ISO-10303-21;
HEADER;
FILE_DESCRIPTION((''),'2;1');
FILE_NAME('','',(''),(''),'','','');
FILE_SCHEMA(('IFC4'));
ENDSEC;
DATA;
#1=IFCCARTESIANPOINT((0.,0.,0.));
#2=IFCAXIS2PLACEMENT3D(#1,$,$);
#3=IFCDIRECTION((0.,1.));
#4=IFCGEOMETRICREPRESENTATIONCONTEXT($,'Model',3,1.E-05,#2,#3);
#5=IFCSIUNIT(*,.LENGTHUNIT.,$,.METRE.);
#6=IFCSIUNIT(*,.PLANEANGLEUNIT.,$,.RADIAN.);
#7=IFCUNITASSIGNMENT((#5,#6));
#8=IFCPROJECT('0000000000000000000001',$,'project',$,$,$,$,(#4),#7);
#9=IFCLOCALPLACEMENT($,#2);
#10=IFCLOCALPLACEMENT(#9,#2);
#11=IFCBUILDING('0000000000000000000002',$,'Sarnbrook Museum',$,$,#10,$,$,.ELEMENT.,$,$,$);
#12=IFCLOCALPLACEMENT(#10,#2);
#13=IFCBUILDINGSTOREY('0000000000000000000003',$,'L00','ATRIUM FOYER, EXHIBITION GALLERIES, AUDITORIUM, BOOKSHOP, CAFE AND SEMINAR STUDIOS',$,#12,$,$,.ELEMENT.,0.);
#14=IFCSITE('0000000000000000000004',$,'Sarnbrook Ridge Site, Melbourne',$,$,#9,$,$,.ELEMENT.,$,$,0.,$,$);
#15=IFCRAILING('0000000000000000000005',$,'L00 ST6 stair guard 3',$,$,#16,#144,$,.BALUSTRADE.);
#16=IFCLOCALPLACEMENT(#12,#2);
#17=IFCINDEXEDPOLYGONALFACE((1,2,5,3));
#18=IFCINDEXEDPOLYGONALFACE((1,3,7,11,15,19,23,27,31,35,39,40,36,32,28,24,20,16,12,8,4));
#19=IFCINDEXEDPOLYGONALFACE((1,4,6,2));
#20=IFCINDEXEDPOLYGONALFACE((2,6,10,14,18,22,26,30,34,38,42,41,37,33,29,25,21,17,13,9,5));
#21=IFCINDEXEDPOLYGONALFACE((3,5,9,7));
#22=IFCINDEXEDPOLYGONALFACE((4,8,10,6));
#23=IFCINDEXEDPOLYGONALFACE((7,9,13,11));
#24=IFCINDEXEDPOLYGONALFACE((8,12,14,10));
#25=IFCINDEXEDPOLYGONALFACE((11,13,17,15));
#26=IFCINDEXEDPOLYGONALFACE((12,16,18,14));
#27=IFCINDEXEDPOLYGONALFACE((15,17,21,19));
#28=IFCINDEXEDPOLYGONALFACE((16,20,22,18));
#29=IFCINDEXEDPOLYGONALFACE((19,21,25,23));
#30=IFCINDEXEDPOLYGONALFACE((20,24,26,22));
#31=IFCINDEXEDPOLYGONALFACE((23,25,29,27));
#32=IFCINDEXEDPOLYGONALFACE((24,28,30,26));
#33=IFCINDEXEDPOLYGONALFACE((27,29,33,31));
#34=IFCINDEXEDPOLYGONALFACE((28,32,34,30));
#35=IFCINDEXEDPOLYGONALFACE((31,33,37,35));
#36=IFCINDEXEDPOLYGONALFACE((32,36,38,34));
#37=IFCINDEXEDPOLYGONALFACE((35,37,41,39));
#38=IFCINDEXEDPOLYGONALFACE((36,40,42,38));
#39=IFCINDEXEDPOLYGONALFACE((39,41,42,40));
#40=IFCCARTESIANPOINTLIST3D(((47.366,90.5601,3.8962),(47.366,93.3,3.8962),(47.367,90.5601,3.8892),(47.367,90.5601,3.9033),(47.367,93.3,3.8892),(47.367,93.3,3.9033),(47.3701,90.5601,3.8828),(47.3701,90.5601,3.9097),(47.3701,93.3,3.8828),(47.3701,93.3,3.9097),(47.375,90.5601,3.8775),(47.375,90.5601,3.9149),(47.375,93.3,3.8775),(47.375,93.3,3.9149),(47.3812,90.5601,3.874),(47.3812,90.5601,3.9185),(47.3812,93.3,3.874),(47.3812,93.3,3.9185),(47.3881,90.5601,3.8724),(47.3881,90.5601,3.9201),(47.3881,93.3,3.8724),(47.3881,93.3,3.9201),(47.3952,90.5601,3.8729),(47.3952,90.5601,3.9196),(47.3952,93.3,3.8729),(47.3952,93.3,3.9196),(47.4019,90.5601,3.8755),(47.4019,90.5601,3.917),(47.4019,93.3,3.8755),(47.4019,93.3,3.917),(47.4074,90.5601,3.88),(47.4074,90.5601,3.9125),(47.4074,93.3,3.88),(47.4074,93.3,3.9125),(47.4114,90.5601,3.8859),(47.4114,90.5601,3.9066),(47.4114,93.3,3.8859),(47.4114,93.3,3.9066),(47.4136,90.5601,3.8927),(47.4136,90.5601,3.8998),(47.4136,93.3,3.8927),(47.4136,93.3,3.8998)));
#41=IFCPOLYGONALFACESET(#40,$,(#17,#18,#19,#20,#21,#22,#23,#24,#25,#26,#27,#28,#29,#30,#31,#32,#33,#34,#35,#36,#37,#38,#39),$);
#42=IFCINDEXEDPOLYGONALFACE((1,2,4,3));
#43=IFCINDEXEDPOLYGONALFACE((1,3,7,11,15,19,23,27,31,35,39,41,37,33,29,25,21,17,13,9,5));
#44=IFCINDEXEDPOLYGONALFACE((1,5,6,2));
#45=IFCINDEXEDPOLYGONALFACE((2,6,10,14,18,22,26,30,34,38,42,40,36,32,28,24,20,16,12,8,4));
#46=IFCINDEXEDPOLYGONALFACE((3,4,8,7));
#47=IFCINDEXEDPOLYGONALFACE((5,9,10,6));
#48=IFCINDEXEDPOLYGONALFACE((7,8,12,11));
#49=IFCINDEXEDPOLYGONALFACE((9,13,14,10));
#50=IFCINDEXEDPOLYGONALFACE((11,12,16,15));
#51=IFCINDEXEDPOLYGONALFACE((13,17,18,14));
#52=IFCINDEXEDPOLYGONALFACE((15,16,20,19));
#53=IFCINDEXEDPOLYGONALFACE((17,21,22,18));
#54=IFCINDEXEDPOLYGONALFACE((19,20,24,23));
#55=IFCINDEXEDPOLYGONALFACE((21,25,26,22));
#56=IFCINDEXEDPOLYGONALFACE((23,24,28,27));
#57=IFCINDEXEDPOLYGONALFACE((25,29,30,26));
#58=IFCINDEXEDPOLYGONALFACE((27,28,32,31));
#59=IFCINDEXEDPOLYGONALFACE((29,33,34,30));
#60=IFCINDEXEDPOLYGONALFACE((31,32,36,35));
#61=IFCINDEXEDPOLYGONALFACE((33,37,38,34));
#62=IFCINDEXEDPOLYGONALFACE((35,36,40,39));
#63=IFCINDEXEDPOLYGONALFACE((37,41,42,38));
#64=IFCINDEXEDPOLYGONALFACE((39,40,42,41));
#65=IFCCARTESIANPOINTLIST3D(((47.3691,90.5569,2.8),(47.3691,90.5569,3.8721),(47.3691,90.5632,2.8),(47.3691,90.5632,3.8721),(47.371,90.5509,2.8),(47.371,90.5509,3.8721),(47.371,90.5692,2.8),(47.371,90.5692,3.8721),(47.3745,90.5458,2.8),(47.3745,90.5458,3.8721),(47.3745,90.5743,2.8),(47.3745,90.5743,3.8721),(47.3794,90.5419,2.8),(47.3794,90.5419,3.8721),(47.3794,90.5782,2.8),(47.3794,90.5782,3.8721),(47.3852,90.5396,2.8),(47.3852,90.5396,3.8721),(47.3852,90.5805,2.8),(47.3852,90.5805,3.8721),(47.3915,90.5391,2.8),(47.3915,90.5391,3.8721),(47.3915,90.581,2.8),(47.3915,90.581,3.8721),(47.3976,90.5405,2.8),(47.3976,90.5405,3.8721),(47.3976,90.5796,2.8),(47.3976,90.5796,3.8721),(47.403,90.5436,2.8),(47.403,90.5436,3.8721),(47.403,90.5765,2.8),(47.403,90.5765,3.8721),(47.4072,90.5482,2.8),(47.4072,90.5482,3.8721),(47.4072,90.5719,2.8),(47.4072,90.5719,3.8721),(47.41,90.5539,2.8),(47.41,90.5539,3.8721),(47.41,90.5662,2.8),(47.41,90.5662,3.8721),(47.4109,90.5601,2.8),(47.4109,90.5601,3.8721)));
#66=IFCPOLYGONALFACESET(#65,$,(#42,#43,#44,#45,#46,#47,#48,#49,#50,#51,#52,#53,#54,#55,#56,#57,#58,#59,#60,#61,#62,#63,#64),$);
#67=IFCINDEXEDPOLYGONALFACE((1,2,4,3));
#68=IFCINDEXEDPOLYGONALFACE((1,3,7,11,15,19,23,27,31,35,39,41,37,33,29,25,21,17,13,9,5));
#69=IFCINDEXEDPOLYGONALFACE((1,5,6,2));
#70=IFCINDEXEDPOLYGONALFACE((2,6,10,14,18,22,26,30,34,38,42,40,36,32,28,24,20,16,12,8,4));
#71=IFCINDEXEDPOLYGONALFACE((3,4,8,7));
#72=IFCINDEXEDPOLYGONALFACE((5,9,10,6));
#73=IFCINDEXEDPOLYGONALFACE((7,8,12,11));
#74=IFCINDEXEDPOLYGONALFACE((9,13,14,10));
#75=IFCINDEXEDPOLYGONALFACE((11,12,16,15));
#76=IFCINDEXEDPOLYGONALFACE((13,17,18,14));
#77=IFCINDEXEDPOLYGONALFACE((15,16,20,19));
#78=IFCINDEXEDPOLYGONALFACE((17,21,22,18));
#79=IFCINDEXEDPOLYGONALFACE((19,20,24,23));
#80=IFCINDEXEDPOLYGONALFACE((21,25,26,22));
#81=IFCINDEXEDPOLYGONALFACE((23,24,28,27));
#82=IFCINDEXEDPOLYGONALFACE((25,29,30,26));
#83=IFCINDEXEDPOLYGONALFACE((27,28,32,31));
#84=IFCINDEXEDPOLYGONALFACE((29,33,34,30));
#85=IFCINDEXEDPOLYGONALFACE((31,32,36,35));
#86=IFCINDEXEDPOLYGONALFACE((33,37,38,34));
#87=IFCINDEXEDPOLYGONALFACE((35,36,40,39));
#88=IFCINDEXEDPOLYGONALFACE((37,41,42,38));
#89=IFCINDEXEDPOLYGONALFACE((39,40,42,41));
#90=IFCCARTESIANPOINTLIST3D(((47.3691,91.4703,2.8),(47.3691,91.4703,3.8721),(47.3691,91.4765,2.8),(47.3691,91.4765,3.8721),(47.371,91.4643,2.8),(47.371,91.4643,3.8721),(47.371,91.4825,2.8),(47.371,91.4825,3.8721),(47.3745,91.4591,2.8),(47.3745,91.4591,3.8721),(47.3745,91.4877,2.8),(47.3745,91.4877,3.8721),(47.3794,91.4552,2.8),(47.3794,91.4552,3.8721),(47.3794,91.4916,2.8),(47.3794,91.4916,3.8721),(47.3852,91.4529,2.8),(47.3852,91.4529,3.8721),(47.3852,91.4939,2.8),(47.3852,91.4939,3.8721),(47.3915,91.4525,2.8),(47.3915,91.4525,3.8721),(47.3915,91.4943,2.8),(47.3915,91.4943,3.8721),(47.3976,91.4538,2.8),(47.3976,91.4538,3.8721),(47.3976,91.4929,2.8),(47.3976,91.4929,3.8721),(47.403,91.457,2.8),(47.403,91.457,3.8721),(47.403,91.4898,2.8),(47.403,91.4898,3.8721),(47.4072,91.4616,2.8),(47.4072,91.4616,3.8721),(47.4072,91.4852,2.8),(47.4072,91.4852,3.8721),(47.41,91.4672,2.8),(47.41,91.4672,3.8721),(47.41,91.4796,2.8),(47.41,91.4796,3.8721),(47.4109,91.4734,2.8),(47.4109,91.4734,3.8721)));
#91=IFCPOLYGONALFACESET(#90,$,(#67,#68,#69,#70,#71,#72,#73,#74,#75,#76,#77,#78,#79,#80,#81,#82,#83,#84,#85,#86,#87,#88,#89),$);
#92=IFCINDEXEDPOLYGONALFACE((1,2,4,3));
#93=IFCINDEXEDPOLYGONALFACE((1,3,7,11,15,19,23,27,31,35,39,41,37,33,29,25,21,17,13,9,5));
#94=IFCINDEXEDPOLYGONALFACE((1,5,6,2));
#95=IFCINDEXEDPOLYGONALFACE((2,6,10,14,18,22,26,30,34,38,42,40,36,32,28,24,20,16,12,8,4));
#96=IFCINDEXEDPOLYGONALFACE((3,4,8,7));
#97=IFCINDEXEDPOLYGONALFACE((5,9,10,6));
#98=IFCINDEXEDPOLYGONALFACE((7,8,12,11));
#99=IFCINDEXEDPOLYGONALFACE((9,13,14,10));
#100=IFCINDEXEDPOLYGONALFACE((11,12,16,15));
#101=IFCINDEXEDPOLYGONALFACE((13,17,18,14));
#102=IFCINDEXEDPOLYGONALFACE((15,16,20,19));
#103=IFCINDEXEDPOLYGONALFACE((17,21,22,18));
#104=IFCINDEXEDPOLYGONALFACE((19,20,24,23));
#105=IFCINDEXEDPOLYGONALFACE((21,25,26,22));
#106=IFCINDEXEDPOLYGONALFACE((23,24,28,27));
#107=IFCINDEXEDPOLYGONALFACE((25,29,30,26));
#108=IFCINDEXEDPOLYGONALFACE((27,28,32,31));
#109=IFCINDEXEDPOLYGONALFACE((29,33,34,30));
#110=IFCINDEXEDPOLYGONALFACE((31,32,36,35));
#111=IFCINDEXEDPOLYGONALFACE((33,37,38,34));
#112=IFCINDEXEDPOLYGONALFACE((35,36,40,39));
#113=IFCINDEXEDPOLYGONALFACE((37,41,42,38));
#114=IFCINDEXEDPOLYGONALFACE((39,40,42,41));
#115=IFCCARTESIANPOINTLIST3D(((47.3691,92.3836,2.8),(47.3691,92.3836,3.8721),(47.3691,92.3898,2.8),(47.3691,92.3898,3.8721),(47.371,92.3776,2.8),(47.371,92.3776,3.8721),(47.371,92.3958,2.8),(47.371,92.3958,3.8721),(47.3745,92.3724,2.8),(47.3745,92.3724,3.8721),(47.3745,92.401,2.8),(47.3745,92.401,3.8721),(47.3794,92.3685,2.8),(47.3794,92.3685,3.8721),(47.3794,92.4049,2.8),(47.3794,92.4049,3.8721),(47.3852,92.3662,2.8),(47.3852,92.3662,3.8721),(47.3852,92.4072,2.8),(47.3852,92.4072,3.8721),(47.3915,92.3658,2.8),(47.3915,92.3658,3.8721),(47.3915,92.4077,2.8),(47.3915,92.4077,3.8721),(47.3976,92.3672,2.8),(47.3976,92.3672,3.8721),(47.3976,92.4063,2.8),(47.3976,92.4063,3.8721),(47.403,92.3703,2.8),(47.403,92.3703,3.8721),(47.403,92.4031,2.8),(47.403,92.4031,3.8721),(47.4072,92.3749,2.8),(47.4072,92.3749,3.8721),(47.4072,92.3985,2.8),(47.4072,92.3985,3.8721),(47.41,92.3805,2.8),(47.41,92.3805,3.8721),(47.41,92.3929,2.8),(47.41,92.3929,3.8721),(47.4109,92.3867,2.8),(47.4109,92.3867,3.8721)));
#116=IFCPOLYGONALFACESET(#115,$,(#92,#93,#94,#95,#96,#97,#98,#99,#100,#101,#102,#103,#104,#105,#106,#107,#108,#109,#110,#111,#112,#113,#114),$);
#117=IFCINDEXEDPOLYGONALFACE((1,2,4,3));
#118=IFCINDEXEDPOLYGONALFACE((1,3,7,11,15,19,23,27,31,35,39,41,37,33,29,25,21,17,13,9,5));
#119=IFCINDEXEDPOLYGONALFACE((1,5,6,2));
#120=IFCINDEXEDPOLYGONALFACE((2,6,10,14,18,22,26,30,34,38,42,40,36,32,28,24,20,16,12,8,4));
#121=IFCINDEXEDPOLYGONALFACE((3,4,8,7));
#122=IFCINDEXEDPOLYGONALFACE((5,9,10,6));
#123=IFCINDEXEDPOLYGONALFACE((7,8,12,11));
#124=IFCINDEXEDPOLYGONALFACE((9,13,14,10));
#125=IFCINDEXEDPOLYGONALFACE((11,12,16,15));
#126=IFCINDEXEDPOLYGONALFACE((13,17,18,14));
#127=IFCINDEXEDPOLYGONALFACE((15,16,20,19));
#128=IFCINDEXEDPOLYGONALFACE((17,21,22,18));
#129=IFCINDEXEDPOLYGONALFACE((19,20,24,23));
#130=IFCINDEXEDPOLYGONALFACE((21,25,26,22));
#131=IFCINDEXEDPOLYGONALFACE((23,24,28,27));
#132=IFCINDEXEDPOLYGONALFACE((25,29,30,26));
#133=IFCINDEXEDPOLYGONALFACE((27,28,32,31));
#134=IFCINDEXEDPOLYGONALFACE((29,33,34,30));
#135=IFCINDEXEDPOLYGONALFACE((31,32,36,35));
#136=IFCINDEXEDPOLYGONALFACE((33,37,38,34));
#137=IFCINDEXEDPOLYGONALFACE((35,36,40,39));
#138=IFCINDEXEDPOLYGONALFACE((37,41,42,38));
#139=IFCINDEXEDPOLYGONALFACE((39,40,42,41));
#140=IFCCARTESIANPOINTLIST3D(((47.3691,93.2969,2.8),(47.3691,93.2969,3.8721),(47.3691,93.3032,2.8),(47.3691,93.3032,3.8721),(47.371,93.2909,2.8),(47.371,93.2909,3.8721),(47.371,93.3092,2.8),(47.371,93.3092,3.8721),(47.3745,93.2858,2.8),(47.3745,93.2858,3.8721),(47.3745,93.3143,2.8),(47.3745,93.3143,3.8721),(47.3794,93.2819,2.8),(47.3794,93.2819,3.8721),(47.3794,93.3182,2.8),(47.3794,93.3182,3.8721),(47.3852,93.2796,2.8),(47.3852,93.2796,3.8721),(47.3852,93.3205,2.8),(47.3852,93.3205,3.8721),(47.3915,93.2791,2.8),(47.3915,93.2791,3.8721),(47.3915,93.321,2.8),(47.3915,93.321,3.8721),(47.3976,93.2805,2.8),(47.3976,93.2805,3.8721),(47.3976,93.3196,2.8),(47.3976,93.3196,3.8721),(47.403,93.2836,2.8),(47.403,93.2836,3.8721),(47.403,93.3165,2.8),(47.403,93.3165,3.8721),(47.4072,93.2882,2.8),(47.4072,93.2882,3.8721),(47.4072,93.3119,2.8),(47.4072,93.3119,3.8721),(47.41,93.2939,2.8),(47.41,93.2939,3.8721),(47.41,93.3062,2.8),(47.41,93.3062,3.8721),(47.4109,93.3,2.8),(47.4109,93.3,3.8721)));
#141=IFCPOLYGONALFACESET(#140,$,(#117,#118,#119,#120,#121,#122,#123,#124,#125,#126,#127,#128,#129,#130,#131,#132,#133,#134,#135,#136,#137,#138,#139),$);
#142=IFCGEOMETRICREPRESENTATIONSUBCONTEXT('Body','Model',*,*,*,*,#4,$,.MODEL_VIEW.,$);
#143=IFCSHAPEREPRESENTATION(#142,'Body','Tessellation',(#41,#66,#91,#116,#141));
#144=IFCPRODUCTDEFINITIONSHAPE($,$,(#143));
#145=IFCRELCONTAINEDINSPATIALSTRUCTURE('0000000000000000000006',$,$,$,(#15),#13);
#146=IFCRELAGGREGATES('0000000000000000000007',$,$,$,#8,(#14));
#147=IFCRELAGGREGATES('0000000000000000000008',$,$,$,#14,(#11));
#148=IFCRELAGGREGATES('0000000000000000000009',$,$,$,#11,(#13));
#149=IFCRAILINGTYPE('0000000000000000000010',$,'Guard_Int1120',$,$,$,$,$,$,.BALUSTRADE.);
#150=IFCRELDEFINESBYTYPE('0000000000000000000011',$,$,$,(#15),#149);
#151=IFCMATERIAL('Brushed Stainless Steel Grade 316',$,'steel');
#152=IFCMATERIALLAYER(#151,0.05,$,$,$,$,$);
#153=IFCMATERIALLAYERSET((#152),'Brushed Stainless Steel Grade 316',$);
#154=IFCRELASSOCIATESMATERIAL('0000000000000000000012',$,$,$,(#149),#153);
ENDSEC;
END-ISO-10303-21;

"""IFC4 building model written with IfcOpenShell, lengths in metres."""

from ifc_helpers import new_model, si_unit, direction, frame, origin, origin_2d, place, context, subcontext, project, spatial, circle, extrude, material, layer, layer_set, type_object, element, save


model = new_model("IFC4")

# Units and contexts
model_context = context("Model", 3, precision=1e-05, world=origin(), true_north=direction((0.0, 1.0)))
body_context = subcontext(model_context, "Body", "Model", "MODEL_VIEW")
ifc_project = project(units=[si_unit("LENGTHUNIT", "METRE"), si_unit("PLANEANGLEUNIT", "RADIAN")], contexts=[model_context])

# Site, building, storey
site_placement = place(None, origin())
site = spatial("IfcSite", under=ifc_project, at=site_placement, Name="Sarnbrook Ridge Site, Melbourne", CompositionType="ELEMENT", RefElevation=0.0)
building_placement = place(site_placement, origin())
building = spatial("IfcBuilding", under=site, at=building_placement, Name="Sarnbrook Museum", CompositionType="ELEMENT")
storey_placement = place(building_placement, origin())
storey = spatial("IfcBuildingStorey", under=building, at=storey_placement, Name="L00", Description="ATRIUM FOYER, EXHIBITION GALLERIES, AUDITORIUM, BOOKSHOP, CAFE AND SEMINAR STUDIOS", CompositionType="ELEMENT", Elevation=0.0)

# Railing
ifc_material_1 = material(Name="Brushed Stainless Steel Grade 316", Category="steel")
ifc_layer_1 = layer(ifc_material_1, 0.05)
ifc_layer_set_1 = layer_set([ifc_layer_1], Name="Brushed Stainless Steel Grade 316")
railing_type_1 = type_object("IfcRailingType", Name="Guard_Int1120", PredefinedType="BALUSTRADE", material=ifc_layer_set_1)
railing_1_placement = place(storey_placement, frame((47.3899, 90.5601, 2.8)))
element("IfcRailing", 1, at=railing_1_placement, inside=storey, type_object=railing_type_1, Name="L00 ST6 stair guard 3", PredefinedType="BALUSTRADE", context=body_context, shape_type="SweptSolid", body=[
    extrude(circle(Radius=0.0239, at=origin_2d()), frame((0.0, 0.0, 1.0962), z_axis=(0.0, 1.0, 0.0), x_axis=(-1.0, 0.0, 0.0)), (0.0, 0.0, 1.0), 2.74),
    extrude(circle(Radius=0.021, at=origin_2d()), origin(), (0.0, 0.0, 1.0), 1.072),
    extrude(circle(Radius=0.021, at=origin_2d()), frame((0.0, 0.9133, 0.0)), (0.0, 0.0, 1.0), 1.072),
    extrude(circle(Radius=0.021, at=origin_2d()), frame((0.0, 1.8267, 0.0)), (0.0, 0.0, 1.0), 1.072),
    extrude(circle(Radius=0.021, at=origin_2d()), frame((0.0, 2.74, 0.0)), (0.0, 0.0, 1.0), 1.072),
])

save(model, "model.ifc")
